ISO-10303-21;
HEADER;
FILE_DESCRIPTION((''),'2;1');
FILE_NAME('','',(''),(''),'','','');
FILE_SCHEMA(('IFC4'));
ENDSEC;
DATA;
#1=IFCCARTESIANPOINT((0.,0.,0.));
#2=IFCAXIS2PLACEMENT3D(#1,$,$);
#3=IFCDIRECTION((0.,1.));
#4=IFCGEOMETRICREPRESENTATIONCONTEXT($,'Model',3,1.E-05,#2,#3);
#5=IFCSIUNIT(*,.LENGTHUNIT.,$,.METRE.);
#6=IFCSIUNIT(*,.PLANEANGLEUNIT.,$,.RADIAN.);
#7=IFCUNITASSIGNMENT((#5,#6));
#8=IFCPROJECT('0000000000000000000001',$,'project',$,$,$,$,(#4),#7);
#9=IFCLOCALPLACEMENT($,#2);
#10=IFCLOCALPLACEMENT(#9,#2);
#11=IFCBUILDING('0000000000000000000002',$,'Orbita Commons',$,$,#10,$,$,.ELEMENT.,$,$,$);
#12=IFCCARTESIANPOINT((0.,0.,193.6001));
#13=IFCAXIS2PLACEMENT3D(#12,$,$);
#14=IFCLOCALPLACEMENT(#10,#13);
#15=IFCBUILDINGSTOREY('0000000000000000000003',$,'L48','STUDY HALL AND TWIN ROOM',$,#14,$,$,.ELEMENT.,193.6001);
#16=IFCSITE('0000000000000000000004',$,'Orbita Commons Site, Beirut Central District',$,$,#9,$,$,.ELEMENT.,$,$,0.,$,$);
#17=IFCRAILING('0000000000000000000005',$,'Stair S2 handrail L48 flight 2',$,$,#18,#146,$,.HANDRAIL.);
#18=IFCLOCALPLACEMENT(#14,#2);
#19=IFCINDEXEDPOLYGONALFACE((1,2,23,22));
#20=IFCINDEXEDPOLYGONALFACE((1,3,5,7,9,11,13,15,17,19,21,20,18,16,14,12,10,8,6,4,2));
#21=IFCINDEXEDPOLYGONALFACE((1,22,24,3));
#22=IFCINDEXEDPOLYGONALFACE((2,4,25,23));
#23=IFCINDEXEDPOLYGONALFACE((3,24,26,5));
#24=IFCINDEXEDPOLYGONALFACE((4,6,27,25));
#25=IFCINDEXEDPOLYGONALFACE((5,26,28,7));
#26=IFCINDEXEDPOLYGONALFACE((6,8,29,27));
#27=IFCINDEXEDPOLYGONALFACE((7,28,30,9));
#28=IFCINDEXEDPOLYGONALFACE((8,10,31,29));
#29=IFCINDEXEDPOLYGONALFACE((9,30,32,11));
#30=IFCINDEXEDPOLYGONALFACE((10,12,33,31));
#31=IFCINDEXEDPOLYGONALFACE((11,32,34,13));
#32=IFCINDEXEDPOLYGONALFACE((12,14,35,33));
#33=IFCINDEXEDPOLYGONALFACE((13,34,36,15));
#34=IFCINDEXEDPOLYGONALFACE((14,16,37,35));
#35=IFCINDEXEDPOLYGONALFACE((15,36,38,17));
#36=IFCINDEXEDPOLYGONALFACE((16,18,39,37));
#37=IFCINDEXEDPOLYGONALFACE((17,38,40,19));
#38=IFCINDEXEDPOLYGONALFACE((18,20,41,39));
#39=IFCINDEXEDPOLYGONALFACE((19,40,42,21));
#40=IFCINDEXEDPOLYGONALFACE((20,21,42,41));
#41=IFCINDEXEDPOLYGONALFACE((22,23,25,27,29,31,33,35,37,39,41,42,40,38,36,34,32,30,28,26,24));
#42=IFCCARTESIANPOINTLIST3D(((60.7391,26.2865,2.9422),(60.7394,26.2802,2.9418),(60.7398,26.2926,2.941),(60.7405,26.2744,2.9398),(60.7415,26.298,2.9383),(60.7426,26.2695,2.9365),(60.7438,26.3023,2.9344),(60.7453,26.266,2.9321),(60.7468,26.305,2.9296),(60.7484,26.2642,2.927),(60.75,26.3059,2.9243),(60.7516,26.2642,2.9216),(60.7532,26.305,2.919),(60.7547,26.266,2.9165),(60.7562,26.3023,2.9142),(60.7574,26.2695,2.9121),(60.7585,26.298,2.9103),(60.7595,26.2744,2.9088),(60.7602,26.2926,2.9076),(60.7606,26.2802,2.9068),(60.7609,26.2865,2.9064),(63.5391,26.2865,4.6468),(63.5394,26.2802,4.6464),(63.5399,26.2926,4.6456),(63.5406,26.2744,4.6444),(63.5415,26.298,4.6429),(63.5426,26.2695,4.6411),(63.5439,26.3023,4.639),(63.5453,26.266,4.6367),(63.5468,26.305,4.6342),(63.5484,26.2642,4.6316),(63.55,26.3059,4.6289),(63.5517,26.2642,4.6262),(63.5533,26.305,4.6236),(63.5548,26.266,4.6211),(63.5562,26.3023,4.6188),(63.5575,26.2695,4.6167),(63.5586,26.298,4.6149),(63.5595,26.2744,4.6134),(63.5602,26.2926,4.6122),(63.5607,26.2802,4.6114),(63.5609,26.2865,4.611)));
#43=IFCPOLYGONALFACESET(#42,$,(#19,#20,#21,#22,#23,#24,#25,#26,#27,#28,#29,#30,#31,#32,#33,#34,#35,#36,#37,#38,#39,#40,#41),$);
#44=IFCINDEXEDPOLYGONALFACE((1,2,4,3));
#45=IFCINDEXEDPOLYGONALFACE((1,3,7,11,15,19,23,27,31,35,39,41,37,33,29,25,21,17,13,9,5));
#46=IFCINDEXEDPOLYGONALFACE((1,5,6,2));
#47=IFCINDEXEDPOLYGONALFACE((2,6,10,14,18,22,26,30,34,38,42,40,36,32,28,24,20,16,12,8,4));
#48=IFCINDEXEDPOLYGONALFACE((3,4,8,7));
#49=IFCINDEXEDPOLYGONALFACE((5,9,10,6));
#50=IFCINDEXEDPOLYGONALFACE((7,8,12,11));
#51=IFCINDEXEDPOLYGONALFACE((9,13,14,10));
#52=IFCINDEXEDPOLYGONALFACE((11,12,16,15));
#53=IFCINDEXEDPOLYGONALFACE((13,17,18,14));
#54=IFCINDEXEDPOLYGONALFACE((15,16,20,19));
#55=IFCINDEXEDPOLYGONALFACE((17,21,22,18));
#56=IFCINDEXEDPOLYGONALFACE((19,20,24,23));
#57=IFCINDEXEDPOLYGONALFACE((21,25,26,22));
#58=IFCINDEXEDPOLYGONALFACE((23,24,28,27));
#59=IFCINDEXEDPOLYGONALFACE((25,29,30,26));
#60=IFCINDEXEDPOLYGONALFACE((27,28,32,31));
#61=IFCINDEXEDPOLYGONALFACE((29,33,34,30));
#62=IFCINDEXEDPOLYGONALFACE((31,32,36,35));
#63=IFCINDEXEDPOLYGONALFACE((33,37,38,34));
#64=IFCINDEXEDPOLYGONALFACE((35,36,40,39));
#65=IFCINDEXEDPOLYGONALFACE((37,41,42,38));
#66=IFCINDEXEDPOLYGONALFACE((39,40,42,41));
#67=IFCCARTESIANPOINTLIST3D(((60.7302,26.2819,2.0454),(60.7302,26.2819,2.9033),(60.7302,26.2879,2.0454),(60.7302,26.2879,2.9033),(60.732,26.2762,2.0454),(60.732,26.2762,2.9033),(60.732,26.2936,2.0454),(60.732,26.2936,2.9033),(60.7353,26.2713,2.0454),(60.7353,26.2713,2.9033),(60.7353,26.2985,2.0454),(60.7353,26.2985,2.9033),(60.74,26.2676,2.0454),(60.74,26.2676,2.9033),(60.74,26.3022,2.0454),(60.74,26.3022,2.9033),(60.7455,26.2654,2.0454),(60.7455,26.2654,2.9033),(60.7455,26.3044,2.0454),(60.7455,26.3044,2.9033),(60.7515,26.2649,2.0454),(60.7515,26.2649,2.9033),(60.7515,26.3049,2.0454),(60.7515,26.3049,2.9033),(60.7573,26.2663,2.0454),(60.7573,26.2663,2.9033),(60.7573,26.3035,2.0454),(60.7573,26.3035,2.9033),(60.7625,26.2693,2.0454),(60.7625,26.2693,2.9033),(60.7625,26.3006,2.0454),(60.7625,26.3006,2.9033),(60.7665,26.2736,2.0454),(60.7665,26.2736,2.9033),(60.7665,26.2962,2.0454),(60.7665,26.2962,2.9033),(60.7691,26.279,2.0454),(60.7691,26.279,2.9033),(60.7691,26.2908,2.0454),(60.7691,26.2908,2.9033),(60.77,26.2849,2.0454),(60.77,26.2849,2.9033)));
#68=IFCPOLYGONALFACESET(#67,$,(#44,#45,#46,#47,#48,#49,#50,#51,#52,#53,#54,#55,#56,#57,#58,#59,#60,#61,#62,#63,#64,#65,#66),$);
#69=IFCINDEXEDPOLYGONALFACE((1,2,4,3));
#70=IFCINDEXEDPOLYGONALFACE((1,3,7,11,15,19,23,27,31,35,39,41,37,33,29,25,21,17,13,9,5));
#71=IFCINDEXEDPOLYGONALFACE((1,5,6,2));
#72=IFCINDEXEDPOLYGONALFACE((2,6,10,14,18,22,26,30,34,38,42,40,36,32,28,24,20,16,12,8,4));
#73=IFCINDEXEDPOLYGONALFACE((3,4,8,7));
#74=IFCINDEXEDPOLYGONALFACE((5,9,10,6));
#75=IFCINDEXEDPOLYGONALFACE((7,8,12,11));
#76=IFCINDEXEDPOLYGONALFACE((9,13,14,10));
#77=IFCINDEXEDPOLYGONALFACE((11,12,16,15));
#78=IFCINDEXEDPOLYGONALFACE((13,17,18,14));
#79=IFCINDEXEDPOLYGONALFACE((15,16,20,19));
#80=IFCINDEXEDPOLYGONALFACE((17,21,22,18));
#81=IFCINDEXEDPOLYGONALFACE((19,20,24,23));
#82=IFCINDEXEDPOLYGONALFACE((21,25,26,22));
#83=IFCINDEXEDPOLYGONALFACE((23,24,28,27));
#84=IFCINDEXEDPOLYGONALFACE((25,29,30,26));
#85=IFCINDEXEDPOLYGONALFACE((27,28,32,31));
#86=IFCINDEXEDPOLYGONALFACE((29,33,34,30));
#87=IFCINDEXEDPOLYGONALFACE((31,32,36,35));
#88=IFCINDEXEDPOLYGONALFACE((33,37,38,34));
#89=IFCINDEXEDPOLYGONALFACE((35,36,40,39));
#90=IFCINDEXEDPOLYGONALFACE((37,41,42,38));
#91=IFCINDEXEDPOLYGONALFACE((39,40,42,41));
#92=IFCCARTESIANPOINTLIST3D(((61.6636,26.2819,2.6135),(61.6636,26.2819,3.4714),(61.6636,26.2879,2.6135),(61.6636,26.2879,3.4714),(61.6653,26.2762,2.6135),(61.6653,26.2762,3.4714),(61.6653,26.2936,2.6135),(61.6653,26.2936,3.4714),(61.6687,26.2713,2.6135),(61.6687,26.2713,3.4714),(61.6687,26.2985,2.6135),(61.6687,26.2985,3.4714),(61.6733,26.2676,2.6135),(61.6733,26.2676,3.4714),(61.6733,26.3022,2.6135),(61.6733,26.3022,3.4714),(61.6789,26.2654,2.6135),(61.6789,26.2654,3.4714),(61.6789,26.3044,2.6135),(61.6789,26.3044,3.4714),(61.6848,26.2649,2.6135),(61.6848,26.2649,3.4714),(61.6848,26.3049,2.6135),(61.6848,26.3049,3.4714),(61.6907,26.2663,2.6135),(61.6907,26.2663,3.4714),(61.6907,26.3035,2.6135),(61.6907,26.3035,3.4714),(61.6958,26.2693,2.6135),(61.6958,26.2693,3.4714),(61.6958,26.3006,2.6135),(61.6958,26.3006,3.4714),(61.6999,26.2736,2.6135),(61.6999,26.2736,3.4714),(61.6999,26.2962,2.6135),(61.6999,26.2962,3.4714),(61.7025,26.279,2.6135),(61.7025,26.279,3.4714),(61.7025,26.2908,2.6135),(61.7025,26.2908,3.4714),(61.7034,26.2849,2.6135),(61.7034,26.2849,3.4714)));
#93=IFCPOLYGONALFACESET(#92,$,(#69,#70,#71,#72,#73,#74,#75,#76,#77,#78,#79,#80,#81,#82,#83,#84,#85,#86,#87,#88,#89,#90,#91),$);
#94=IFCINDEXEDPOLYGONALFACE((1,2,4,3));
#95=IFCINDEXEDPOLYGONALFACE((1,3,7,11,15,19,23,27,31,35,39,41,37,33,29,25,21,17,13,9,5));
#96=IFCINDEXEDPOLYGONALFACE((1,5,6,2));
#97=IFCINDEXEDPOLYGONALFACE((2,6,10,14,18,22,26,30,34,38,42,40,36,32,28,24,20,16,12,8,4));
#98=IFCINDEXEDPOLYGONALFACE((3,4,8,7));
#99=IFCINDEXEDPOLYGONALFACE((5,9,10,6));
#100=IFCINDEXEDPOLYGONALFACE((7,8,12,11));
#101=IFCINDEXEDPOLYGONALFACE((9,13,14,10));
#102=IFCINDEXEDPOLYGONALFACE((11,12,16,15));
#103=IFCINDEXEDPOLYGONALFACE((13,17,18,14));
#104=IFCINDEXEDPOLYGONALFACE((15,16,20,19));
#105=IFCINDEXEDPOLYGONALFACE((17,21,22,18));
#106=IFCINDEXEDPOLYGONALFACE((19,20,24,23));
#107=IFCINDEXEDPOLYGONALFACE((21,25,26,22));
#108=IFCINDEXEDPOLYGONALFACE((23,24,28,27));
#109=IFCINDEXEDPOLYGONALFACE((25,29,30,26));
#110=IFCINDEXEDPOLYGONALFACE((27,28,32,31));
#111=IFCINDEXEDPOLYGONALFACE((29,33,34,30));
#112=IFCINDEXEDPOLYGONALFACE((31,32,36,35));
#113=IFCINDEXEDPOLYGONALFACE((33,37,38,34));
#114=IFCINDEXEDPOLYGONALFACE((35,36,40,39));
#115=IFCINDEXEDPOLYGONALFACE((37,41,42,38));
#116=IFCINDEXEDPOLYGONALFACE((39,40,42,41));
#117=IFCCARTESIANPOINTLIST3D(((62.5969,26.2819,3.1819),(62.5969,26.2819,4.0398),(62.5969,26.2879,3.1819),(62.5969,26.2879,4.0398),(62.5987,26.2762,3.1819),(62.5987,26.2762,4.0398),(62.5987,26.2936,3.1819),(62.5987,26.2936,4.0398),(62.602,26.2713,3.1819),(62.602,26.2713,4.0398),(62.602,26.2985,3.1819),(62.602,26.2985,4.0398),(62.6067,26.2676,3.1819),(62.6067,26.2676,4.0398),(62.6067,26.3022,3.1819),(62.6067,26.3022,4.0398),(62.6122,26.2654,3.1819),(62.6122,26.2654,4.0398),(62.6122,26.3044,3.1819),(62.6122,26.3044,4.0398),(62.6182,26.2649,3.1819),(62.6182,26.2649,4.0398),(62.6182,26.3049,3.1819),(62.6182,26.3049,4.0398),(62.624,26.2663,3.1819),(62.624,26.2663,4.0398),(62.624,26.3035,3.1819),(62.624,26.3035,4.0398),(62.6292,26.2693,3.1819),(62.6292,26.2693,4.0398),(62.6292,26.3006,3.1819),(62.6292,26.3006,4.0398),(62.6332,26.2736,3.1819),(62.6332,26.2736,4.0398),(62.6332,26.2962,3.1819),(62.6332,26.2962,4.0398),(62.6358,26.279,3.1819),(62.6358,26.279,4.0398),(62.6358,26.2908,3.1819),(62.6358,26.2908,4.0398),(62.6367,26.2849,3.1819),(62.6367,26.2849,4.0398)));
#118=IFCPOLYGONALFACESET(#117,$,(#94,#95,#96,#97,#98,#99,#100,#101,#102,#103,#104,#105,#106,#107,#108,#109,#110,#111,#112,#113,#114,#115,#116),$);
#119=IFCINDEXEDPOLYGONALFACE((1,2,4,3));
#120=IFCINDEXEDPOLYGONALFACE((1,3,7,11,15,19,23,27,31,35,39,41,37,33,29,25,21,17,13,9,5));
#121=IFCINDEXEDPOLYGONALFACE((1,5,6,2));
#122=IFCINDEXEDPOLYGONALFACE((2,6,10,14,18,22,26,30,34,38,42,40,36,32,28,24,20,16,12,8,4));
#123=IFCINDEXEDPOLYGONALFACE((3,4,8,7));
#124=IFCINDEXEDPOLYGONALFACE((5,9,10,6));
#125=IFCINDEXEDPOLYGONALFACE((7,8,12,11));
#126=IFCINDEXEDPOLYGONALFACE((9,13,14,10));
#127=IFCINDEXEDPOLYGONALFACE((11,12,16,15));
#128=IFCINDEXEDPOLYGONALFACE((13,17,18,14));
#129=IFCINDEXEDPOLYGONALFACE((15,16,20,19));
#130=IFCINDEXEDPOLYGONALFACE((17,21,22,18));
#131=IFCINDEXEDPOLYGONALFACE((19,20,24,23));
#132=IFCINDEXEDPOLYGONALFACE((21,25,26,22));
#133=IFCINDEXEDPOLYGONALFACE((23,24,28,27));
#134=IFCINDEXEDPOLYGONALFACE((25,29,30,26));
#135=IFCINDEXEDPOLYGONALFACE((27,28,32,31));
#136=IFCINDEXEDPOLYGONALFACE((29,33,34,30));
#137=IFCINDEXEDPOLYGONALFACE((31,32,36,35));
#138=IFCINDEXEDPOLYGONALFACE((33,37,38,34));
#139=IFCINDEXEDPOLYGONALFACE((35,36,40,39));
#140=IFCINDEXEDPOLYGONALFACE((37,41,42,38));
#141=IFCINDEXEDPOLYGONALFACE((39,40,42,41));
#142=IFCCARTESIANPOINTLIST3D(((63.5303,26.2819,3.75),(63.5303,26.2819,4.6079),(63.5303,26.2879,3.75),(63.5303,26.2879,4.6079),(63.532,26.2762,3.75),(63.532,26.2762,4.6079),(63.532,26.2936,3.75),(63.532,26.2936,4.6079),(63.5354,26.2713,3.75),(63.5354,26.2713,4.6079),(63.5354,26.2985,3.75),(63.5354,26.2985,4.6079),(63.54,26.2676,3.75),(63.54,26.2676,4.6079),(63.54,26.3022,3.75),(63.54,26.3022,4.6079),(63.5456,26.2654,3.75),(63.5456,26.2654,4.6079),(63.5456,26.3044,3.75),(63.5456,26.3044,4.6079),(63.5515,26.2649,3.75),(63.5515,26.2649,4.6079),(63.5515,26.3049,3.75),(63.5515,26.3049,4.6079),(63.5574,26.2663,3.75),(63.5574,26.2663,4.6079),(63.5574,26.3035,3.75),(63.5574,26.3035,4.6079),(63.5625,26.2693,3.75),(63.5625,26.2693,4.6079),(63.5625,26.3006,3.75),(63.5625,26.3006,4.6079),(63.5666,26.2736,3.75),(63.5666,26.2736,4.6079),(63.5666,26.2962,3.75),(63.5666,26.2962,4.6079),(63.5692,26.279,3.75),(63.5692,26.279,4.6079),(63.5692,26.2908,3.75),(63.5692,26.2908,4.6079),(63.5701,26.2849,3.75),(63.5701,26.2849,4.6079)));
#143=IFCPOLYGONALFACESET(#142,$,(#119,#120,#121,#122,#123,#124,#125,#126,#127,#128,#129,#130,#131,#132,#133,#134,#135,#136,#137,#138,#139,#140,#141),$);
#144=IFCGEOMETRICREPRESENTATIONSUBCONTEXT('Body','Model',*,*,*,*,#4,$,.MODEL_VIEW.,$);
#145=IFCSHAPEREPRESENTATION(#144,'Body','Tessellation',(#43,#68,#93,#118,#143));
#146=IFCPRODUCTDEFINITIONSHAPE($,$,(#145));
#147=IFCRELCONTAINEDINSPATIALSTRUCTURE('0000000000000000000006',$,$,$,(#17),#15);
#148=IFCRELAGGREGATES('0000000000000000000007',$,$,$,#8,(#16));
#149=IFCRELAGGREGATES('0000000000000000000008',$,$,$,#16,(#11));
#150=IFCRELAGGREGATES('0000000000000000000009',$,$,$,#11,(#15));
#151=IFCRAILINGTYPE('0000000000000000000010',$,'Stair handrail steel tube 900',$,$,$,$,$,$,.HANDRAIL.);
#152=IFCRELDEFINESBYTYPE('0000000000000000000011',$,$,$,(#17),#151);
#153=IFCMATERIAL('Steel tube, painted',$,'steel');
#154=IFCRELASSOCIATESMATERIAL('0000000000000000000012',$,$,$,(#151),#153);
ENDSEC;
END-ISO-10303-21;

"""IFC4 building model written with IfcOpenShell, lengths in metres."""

from ifc_helpers import new_model, si_unit, direction, frame, origin, origin_2d, place, context, subcontext, project, spatial, circle, extrude, material, type_object, element, save


model = new_model("IFC4")

# Units and contexts
model_context = context("Model", 3, precision=1e-05, world=origin(), true_north=direction((0.0, 1.0)))
body_context = subcontext(model_context, "Body", "Model", "MODEL_VIEW")
ifc_project = project(units=[si_unit("LENGTHUNIT", "METRE"), si_unit("PLANEANGLEUNIT", "RADIAN")], contexts=[model_context])

# Site, building, storey
site_placement = place(None, origin())
site = spatial("IfcSite", under=ifc_project, at=site_placement, Name="Orbita Commons Site, Beirut Central District", CompositionType="ELEMENT", RefElevation=0.0)
building_placement = place(site_placement, origin())
building = spatial("IfcBuilding", under=site, at=building_placement, Name="Orbita Commons", CompositionType="ELEMENT")
storey_placement = place(building_placement, frame((0.0, 0.0, 193.6001)))
storey = spatial("IfcBuildingStorey", under=building, at=storey_placement, Name="L48", Description="STUDY HALL AND TWIN ROOM", CompositionType="ELEMENT", Elevation=193.6001)

# Railing
ifc_material_1 = material(Name="Steel tube, painted", Category="steel")
railing_type = type_object("IfcRailingType", Name="Stair handrail steel tube 900", PredefinedType="HANDRAIL", material=ifc_material_1)
for number, where, name in (
    (1, (60.75, 26.2849, 2.0454), "Stair S2 handrail L48 flight 2"),
):
    element("IfcRailing", number, at=place(storey_placement, frame(where)), inside=storey, type_object=railing_type, Name=name, PredefinedType="HANDRAIL", context=body_context, shape_type="SweptSolid", body=[
        extrude(circle(Radius=0.021, at=origin_2d()), frame((0.0, 0.0, 0.8789), z_axis=(0.85417, 0.0, 0.519994), x_axis=(0.0, 1.0, 0.0)), (0.0, 0.0, 1.0), 3.2781),
        extrude(circle(Radius=0.02, at=origin_2d()), origin(), (0.0, 0.0, 1.0), 0.8579),
        extrude(circle(Radius=0.02, at=origin_2d()), frame((0.9333, 0.0, 0.5681)), (0.0, 0.0, 1.0), 0.8579),
        extrude(circle(Radius=0.02, at=origin_2d()), frame((1.8667, 0.0, 1.1365)), (0.0, 0.0, 1.0), 0.8579),
        extrude(circle(Radius=0.02, at=origin_2d()), frame((2.8, 0.0, 1.7046)), (0.0, 0.0, 1.0), 0.8579),
    ])

save(model, "model.ifc")
